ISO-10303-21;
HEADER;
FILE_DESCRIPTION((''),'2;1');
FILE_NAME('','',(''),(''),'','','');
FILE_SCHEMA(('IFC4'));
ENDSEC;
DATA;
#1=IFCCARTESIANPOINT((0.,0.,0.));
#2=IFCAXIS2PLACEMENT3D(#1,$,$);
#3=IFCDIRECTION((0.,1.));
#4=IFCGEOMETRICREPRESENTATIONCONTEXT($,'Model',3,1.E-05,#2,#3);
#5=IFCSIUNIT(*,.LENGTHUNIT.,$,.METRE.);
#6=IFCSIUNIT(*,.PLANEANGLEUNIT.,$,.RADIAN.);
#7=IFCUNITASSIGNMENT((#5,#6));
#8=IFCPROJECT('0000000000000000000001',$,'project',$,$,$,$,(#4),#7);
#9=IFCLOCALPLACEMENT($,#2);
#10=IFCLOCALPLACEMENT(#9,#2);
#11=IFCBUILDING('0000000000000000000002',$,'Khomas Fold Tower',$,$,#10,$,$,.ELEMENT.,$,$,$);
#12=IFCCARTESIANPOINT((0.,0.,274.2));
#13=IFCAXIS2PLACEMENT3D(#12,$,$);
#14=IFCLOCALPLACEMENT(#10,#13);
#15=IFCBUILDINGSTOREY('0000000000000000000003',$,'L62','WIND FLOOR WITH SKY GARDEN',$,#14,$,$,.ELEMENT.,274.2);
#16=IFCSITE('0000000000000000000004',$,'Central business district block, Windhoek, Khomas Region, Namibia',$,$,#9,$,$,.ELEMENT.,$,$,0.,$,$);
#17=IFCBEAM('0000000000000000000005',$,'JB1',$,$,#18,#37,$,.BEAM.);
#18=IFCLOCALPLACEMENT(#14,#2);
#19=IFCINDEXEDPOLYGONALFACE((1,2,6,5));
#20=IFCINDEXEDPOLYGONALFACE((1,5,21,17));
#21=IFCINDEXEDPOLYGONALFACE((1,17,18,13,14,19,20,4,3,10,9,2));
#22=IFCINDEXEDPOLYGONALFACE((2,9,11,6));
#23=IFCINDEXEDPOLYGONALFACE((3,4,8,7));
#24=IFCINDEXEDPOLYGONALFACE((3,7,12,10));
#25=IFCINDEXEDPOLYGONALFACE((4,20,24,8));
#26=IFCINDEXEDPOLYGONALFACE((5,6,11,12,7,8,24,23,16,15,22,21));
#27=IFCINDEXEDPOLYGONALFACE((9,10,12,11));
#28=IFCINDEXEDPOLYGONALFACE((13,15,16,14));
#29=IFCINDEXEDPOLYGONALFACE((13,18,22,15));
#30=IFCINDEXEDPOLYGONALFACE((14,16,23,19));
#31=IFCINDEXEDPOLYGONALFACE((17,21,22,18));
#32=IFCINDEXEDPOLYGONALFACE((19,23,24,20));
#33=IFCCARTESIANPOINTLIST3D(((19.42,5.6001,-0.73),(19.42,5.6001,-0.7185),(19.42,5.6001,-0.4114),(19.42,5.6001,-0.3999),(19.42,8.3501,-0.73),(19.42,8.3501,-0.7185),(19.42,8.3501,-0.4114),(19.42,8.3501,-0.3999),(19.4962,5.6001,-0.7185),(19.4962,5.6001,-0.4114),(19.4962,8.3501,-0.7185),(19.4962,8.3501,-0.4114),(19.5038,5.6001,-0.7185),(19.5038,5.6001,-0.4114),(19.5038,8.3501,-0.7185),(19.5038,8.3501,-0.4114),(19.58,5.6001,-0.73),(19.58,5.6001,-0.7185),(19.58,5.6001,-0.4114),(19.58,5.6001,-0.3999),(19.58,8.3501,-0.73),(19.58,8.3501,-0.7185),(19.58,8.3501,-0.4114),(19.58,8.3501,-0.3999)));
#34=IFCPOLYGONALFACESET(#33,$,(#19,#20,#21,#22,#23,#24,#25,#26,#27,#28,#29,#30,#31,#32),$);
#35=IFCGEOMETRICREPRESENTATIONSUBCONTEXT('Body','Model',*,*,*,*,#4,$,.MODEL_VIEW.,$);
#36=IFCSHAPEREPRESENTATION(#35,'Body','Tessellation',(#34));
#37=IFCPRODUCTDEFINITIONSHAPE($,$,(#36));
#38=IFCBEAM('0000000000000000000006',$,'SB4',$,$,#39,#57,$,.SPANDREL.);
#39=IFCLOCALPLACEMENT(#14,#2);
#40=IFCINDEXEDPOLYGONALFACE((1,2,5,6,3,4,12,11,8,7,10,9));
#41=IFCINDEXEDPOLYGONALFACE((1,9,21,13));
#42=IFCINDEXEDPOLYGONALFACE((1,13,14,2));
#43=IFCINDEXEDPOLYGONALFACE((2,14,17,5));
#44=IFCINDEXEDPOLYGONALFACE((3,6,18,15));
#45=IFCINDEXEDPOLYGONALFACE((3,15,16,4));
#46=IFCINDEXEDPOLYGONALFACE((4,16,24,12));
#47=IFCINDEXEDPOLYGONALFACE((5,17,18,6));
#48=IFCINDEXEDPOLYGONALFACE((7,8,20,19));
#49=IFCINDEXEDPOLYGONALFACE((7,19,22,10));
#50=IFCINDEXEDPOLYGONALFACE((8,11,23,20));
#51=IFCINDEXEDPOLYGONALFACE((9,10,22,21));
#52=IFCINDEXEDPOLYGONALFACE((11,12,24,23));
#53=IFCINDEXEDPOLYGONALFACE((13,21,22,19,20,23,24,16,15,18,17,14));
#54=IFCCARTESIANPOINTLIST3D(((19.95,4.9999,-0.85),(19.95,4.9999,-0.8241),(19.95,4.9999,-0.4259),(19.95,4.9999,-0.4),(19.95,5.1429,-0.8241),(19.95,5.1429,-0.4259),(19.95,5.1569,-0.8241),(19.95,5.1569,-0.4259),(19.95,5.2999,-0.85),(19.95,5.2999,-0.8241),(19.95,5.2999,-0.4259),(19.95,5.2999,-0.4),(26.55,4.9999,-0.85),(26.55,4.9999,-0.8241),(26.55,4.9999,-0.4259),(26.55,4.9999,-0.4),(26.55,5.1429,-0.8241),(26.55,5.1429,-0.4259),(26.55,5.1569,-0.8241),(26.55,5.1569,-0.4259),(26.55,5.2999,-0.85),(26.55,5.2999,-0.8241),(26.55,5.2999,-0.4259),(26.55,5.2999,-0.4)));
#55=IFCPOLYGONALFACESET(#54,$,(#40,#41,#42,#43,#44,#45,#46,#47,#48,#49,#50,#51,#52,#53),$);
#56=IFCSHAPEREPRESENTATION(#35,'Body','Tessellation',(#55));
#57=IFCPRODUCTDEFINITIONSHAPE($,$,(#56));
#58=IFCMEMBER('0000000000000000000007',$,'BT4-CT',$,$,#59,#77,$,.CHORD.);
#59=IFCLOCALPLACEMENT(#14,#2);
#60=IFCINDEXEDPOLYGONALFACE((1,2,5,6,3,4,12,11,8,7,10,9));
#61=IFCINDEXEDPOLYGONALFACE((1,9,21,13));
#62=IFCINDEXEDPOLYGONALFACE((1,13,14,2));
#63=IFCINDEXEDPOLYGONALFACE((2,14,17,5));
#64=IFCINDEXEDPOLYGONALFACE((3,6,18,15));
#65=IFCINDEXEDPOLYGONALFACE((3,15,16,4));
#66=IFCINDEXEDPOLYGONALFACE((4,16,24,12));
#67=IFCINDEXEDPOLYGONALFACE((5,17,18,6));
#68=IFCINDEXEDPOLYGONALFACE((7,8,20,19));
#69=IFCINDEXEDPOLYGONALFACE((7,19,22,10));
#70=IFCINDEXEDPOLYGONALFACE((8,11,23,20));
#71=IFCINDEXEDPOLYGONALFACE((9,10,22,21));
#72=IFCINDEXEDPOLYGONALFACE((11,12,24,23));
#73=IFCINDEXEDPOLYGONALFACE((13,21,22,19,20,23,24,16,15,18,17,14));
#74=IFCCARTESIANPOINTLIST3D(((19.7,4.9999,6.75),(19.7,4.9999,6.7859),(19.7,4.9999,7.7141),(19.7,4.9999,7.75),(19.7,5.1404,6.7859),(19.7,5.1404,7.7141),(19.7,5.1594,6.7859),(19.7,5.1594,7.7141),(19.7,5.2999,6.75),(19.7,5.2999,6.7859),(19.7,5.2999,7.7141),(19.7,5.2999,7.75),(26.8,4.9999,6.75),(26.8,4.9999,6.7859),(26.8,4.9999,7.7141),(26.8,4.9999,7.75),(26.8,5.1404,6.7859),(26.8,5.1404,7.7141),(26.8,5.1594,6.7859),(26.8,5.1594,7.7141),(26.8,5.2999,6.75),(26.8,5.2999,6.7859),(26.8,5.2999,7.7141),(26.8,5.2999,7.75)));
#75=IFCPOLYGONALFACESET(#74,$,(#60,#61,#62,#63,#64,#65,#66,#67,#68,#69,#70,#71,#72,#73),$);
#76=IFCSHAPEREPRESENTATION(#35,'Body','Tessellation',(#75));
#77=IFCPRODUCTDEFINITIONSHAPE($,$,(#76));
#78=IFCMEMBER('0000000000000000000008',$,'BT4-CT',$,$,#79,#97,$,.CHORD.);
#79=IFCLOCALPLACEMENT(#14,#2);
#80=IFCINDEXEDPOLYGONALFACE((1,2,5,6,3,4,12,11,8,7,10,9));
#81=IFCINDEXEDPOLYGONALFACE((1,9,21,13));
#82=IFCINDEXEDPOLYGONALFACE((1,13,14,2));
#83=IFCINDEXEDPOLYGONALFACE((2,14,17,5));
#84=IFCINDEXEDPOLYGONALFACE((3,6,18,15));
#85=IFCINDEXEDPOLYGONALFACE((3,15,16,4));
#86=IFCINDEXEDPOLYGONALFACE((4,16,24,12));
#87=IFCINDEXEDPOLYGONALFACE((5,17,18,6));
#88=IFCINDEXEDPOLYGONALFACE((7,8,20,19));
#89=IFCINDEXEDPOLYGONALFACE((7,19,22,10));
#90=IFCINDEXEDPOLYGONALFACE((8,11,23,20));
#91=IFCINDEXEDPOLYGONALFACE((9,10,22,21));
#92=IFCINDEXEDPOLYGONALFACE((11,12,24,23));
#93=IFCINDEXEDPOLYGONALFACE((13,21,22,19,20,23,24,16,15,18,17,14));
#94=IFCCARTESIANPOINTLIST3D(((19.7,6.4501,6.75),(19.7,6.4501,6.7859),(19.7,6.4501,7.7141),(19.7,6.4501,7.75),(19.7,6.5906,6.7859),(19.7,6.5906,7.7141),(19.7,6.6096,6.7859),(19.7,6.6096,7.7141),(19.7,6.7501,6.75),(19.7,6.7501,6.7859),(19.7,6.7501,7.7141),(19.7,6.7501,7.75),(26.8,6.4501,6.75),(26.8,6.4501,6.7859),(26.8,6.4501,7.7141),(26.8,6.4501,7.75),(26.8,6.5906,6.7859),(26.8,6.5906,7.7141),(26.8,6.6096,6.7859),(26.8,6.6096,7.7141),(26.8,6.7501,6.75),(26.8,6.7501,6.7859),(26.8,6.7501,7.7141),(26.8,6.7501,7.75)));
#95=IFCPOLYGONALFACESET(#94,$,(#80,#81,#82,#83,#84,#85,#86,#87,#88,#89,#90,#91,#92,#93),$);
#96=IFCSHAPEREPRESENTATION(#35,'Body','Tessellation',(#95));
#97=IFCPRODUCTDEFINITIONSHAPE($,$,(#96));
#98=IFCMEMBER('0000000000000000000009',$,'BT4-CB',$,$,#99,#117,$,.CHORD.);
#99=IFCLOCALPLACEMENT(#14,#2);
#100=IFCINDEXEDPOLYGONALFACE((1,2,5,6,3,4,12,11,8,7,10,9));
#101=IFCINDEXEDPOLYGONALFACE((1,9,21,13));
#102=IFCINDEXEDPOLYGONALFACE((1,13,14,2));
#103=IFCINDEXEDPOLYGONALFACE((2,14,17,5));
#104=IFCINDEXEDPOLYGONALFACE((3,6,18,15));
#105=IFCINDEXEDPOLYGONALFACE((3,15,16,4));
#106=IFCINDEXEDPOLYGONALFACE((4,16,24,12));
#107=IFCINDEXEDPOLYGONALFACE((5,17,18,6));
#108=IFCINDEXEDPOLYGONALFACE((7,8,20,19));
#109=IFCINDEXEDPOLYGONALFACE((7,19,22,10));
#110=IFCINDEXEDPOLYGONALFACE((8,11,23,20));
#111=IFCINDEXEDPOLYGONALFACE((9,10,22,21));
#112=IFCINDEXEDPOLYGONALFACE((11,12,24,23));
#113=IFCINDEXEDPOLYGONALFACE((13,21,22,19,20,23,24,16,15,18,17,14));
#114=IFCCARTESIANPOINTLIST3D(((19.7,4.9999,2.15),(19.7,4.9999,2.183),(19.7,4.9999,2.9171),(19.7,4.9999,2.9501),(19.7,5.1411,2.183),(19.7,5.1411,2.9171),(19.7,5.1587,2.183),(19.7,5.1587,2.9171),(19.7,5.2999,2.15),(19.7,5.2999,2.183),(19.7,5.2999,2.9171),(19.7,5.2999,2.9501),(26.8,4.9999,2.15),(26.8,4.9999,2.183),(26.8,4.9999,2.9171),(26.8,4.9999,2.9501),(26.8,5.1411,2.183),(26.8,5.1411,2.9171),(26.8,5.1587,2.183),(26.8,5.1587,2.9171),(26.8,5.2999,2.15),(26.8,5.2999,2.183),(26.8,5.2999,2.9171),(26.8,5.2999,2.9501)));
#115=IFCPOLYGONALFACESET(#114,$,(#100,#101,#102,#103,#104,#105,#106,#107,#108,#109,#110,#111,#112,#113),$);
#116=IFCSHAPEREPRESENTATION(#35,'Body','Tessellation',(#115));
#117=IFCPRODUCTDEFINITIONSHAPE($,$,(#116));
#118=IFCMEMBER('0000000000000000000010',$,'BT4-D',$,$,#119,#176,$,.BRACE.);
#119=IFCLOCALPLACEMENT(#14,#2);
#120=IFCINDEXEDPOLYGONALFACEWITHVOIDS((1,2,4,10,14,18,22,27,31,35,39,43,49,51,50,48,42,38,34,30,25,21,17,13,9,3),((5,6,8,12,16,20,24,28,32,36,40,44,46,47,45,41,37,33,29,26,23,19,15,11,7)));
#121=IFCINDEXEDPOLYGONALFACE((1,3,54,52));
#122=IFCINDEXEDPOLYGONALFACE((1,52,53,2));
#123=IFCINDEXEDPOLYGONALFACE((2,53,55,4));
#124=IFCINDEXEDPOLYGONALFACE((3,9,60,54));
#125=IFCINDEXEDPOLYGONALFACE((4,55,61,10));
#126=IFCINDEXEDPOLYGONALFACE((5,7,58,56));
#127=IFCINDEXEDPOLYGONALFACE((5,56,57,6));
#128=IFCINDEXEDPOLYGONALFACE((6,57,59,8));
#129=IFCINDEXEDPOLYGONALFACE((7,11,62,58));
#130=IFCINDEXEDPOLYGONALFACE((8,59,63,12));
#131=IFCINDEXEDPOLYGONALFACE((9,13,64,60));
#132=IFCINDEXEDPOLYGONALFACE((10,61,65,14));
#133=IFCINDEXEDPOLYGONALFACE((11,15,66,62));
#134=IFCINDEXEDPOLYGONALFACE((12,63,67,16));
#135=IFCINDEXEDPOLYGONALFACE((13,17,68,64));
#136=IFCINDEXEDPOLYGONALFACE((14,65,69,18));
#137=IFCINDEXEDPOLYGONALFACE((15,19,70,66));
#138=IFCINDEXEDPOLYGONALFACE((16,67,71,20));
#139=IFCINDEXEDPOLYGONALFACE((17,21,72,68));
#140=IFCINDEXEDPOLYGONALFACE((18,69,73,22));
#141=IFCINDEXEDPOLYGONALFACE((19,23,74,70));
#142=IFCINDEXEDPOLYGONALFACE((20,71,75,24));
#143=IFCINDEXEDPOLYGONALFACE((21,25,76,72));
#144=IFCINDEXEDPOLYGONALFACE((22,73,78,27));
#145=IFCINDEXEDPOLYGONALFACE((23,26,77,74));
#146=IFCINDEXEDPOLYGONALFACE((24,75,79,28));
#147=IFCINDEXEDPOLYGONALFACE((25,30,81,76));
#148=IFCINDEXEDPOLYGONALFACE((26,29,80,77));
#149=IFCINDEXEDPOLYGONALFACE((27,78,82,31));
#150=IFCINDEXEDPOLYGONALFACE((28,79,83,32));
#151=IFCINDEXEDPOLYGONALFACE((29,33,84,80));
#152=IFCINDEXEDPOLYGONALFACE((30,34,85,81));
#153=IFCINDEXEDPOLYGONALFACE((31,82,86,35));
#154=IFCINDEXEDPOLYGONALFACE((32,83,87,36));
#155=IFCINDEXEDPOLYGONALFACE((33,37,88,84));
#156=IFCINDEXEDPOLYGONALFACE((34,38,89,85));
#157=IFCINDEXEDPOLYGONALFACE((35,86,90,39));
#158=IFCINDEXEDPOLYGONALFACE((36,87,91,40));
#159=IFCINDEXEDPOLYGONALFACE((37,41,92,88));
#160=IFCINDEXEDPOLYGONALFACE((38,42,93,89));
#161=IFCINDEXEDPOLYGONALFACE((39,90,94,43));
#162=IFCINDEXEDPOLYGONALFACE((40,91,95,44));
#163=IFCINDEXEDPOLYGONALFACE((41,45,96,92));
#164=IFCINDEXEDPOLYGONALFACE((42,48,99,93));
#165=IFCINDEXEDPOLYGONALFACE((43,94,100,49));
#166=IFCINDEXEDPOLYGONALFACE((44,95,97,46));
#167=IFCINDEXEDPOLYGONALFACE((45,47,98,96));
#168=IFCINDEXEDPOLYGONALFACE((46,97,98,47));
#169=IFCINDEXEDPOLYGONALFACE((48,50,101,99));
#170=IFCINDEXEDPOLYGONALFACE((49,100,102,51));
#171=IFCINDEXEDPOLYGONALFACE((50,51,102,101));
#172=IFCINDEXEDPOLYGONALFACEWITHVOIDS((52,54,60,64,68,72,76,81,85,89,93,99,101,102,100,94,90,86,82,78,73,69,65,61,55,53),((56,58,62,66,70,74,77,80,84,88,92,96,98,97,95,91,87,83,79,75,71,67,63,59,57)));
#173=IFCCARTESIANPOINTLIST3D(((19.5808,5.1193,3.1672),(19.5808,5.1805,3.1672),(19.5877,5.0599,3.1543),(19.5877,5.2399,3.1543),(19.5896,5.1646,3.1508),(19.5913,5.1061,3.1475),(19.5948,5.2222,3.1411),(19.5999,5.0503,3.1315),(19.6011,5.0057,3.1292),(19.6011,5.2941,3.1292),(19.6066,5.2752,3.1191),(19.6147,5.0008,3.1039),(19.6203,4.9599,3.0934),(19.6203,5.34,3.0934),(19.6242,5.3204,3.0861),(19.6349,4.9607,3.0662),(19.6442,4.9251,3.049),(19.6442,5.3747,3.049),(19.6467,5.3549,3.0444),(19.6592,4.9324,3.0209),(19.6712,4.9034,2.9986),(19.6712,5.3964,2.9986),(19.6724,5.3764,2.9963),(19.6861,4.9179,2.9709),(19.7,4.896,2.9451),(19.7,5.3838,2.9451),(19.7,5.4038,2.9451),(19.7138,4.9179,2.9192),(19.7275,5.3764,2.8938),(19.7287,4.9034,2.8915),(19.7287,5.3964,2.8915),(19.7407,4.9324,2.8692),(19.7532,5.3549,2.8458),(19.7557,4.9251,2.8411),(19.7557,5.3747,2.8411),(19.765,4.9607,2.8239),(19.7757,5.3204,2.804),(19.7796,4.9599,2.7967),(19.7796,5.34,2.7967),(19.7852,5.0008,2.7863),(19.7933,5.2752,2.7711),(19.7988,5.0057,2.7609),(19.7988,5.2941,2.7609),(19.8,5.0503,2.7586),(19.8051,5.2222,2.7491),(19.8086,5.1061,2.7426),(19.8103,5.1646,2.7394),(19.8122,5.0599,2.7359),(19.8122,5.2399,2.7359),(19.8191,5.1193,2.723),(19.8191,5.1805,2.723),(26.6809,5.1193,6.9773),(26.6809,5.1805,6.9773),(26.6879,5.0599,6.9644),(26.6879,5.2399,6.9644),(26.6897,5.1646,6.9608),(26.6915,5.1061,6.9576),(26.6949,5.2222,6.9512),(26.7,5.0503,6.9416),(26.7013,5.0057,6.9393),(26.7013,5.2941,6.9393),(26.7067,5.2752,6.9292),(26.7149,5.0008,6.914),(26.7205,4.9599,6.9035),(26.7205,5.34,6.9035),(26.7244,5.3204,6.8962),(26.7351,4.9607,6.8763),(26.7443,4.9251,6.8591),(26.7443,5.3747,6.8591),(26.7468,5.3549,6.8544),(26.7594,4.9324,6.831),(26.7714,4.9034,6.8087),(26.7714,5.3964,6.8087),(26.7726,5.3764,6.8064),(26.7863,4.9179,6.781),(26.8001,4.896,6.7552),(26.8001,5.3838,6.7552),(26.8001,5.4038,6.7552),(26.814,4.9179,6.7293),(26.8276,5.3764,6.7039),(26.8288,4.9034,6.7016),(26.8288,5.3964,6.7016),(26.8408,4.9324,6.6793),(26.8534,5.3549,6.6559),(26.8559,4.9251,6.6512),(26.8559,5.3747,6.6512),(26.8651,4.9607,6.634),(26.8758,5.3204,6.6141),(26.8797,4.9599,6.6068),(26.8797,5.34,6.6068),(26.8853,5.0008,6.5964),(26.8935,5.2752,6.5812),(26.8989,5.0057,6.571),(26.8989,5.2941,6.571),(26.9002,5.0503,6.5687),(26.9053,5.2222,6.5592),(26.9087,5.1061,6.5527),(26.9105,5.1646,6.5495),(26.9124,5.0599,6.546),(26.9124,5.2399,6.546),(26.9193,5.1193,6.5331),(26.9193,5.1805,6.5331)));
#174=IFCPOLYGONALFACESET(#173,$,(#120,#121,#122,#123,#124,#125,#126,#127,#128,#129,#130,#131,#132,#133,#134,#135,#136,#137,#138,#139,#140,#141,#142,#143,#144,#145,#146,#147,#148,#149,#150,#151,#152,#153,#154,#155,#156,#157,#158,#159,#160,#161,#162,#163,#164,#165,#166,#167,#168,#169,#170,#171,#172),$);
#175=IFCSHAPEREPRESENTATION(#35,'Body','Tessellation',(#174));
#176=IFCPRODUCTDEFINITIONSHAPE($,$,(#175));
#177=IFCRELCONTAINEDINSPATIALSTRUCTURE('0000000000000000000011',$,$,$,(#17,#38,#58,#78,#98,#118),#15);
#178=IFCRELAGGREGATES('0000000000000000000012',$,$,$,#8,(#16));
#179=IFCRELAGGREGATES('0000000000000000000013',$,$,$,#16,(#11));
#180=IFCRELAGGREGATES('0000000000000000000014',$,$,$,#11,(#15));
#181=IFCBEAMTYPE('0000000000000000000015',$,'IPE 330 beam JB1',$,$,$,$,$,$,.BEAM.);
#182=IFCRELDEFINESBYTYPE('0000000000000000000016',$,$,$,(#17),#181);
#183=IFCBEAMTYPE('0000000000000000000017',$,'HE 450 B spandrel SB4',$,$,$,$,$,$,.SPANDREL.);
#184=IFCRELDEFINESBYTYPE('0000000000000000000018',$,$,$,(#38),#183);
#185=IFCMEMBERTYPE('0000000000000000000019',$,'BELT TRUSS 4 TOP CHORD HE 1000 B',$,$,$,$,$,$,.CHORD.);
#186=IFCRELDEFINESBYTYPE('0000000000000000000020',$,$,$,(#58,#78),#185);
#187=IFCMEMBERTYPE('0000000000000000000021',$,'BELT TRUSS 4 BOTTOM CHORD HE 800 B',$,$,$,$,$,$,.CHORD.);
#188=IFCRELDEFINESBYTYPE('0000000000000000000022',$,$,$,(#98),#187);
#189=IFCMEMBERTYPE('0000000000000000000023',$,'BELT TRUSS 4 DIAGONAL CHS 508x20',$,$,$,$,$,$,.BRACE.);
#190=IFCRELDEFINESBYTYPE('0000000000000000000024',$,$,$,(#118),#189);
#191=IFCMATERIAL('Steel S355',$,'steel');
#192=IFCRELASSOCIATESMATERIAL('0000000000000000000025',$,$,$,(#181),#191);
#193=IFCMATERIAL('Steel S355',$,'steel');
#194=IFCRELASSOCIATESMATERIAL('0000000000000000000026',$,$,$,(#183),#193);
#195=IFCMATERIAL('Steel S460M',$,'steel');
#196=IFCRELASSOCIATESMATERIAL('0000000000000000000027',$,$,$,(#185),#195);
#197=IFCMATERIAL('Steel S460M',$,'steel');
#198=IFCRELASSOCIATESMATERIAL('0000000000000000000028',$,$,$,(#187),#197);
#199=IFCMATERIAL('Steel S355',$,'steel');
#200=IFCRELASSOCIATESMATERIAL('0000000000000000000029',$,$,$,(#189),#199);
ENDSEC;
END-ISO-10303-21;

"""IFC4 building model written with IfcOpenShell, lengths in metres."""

from ifc_helpers import new_model, si_unit, direction, frame, origin, origin_2d, place, context, subcontext, project, spatial, hollow_circle, i_section, extrude, source, transform, mapped, material, material_profile, profile_set, type_object, element, save


model = new_model("IFC4")

# Units and contexts
model_context = context("Model", 3, precision=1e-05, world=origin(), true_north=direction((0.0, 1.0)))
body_context = subcontext(model_context, "Body", "Model", "MODEL_VIEW")
ifc_project = project(units=[si_unit("LENGTHUNIT", "METRE"), si_unit("PLANEANGLEUNIT", "RADIAN")], contexts=[model_context])

# Site, building, storey
site_placement = place(None, origin())
site = spatial("IfcSite", under=ifc_project, at=site_placement, Name="Central business district block, Windhoek, Khomas Region, Namibia", CompositionType="ELEMENT", RefElevation=0.0)
building_placement = place(site_placement, origin())
building = spatial("IfcBuilding", under=site, at=building_placement, Name="Khomas Fold Tower", CompositionType="ELEMENT")
storey_placement = place(building_placement, frame((0.0, 0.0, 274.2)))
storey = spatial("IfcBuildingStorey", under=building, at=storey_placement, Name="L62", Description="WIND FLOOR WITH SKY GARDEN", CompositionType="ELEMENT", Elevation=274.2)

# Beams
ifc_material_1 = material(Name="Steel S355", Category="steel")
ifc_material_profile_1 = material_profile(ifc_material_1, i_section(OverallWidth=0.1599, OverallDepth=0.3301, WebThickness=0.0076, FlangeThickness=0.0115, at=origin_2d()), Name="IPE 330")
ifc_profile_set_1 = profile_set([ifc_material_profile_1], Name="Steel S355")
beam_type_1 = type_object("IfcBeamType", Name="IPE 330 beam JB1", PredefinedType="BEAM", material=ifc_profile_set_1)
shared_shape_1 = source(origin(), body_context, "Body", "SweptSolid", [
    extrude(i_section(OverallWidth=0.1599, OverallDepth=0.3301, WebThickness=0.0076, FlangeThickness=0.0115, at=origin_2d()), origin(), (0.0, 0.0, 1.0), 2.75),
])
beam_1_placement = place(storey_placement, frame((19.5, 5.6001, -0.5649), z_axis=(0.0, 1.0, 0.0), x_axis=(-1.0, 0.0, 0.0)))
element("IfcBeam", 1, at=beam_1_placement, inside=storey, type_object=beam_type_1, Name="JB1", PredefinedType="BEAM", context=body_context, shape_type="MappedRepresentation", body=[
    mapped(shared_shape_1, transform((0.0, 0.0, 0.0))),
])
ifc_material_2 = material(Name="Steel S355", Category="steel")
ifc_material_profile_2 = material_profile(ifc_material_2, i_section(OverallWidth=0.3, OverallDepth=0.45, WebThickness=0.0139, FlangeThickness=0.0259, at=origin_2d()), Name="HE 450 B")
ifc_profile_set_2 = profile_set([ifc_material_profile_2], Name="Steel S355")
beam_type_2 = type_object("IfcBeamType", Name="HE 450 B spandrel SB4", PredefinedType="SPANDREL", material=ifc_profile_set_2)
shared_shape_2 = source(origin(), body_context, "Body", "SweptSolid", [
    extrude(i_section(OverallWidth=0.3, OverallDepth=0.45, WebThickness=0.0139, FlangeThickness=0.0259, at=origin_2d()), origin(), (0.0, 0.0, 1.0), 6.6001),
])
beam_2_placement = place(storey_placement, frame((19.95, 5.1499, -0.625), z_axis=(1.0, 0.0, 0.0), x_axis=(0.0, 1.0, 0.0)))
element("IfcBeam", 2, at=beam_2_placement, inside=storey, type_object=beam_type_2, Name="SB4", PredefinedType="SPANDREL", context=body_context, shape_type="MappedRepresentation", body=[
    mapped(shared_shape_2, transform((0.0, 0.0, 0.0))),
])

# Members
ifc_material_3 = material(Name="Steel S460M", Category="steel")
ifc_material_profile_3 = material_profile(ifc_material_3, i_section(OverallWidth=0.3, OverallDepth=1.0, WebThickness=0.019, FlangeThickness=0.0359, at=origin_2d()), Name="HE 1000 B")
ifc_profile_set_3 = profile_set([ifc_material_profile_3], Name="Steel S460M")
member_type_1 = type_object("IfcMemberType", Name="BELT TRUSS 4 TOP CHORD HE 1000 B", PredefinedType="CHORD", material=ifc_profile_set_3)
shared_shape_3 = source(origin(), body_context, "Body", "SweptSolid", [
    extrude(i_section(OverallWidth=0.3, OverallDepth=1.0, WebThickness=0.019, FlangeThickness=0.0359, at=origin_2d()), origin(), (0.0, 0.0, 1.0), 7.1001),
])
for number, where, z_axis, x_axis, name in (
    (3, (19.7, 5.1499, 7.25), (1.0, 0.0, 0.0), (0.0, 1.0, 0.0), "BT4-CT"),
    (4, (19.7, 6.6001, 7.25), (1.0, 0.0, 0.0), (0.0, 1.0, 0.0), "BT4-CT"),
):
    element("IfcMember", number, at=place(storey_placement, frame(where, z_axis=z_axis, x_axis=x_axis)), inside=storey, type_object=member_type_1, Name=name, PredefinedType="CHORD", context=body_context, shape_type="MappedRepresentation", body=[
        mapped(shared_shape_3, transform((0.0, 0.0, 0.0))),
    ])
ifc_material_4 = material(Name="Steel S460M", Category="steel")
ifc_material_profile_4 = material_profile(ifc_material_4, i_section(OverallWidth=0.3, OverallDepth=0.8, WebThickness=0.0176, FlangeThickness=0.033, at=origin_2d()), Name="HE 800 B")
ifc_profile_set_4 = profile_set([ifc_material_profile_4], Name="Steel S460M")
member_type_2 = type_object("IfcMemberType", Name="BELT TRUSS 4 BOTTOM CHORD HE 800 B", PredefinedType="CHORD", material=ifc_profile_set_4)
shared_shape_4 = source(origin(), body_context, "Body", "SweptSolid", [
    extrude(i_section(OverallWidth=0.3, OverallDepth=0.8, WebThickness=0.0176, FlangeThickness=0.033, at=origin_2d()), origin(), (0.0, 0.0, 1.0), 7.1001),
])
member_1_placement = place(storey_placement, frame((19.7, 5.1499, 2.55), z_axis=(1.0, 0.0, 0.0), x_axis=(0.0, 1.0, 0.0)))
element("IfcMember", 5, at=member_1_placement, inside=storey, type_object=member_type_2, Name="BT4-CB", PredefinedType="CHORD", context=body_context, shape_type="MappedRepresentation", body=[
    mapped(shared_shape_4, transform((0.0, 0.0, 0.0))),
])
ifc_material_5 = material(Name="Steel S355", Category="steel")
ifc_material_profile_5 = material_profile(ifc_material_5, hollow_circle(Radius=0.2539, WallThickness=0.02, at=origin_2d()), Name="CHS 508x20")
ifc_profile_set_5 = profile_set([ifc_material_profile_5], Name="Steel S355")
member_type_3 = type_object("IfcMemberType", Name="BELT TRUSS 4 DIAGONAL CHS 508x20", PredefinedType="BRACE", material=ifc_profile_set_5)
shared_shape_5 = source(origin(), body_context, "Body", "SweptSolid", [
    extrude(hollow_circle(Radius=0.2539, WallThickness=0.02, at=origin_2d()), origin(), (0.0, 0.0, 1.0), 8.0579),
])
for number, where, z_axis, x_axis, name in (
    (6, (19.7, 5.1499, 2.9451), (0.881147, 0.0, 0.472842), (0.0, 1.0, 0.0), "BT4-D"),
):
    element("IfcMember", number, at=place(storey_placement, frame(where, z_axis=z_axis, x_axis=x_axis)), inside=storey, type_object=member_type_3, Name=name, PredefinedType="BRACE", context=body_context, shape_type="MappedRepresentation", body=[
        mapped(shared_shape_5, transform((0.0, 0.0, 0.0))),
    ])

save(model, "model.ifc")
